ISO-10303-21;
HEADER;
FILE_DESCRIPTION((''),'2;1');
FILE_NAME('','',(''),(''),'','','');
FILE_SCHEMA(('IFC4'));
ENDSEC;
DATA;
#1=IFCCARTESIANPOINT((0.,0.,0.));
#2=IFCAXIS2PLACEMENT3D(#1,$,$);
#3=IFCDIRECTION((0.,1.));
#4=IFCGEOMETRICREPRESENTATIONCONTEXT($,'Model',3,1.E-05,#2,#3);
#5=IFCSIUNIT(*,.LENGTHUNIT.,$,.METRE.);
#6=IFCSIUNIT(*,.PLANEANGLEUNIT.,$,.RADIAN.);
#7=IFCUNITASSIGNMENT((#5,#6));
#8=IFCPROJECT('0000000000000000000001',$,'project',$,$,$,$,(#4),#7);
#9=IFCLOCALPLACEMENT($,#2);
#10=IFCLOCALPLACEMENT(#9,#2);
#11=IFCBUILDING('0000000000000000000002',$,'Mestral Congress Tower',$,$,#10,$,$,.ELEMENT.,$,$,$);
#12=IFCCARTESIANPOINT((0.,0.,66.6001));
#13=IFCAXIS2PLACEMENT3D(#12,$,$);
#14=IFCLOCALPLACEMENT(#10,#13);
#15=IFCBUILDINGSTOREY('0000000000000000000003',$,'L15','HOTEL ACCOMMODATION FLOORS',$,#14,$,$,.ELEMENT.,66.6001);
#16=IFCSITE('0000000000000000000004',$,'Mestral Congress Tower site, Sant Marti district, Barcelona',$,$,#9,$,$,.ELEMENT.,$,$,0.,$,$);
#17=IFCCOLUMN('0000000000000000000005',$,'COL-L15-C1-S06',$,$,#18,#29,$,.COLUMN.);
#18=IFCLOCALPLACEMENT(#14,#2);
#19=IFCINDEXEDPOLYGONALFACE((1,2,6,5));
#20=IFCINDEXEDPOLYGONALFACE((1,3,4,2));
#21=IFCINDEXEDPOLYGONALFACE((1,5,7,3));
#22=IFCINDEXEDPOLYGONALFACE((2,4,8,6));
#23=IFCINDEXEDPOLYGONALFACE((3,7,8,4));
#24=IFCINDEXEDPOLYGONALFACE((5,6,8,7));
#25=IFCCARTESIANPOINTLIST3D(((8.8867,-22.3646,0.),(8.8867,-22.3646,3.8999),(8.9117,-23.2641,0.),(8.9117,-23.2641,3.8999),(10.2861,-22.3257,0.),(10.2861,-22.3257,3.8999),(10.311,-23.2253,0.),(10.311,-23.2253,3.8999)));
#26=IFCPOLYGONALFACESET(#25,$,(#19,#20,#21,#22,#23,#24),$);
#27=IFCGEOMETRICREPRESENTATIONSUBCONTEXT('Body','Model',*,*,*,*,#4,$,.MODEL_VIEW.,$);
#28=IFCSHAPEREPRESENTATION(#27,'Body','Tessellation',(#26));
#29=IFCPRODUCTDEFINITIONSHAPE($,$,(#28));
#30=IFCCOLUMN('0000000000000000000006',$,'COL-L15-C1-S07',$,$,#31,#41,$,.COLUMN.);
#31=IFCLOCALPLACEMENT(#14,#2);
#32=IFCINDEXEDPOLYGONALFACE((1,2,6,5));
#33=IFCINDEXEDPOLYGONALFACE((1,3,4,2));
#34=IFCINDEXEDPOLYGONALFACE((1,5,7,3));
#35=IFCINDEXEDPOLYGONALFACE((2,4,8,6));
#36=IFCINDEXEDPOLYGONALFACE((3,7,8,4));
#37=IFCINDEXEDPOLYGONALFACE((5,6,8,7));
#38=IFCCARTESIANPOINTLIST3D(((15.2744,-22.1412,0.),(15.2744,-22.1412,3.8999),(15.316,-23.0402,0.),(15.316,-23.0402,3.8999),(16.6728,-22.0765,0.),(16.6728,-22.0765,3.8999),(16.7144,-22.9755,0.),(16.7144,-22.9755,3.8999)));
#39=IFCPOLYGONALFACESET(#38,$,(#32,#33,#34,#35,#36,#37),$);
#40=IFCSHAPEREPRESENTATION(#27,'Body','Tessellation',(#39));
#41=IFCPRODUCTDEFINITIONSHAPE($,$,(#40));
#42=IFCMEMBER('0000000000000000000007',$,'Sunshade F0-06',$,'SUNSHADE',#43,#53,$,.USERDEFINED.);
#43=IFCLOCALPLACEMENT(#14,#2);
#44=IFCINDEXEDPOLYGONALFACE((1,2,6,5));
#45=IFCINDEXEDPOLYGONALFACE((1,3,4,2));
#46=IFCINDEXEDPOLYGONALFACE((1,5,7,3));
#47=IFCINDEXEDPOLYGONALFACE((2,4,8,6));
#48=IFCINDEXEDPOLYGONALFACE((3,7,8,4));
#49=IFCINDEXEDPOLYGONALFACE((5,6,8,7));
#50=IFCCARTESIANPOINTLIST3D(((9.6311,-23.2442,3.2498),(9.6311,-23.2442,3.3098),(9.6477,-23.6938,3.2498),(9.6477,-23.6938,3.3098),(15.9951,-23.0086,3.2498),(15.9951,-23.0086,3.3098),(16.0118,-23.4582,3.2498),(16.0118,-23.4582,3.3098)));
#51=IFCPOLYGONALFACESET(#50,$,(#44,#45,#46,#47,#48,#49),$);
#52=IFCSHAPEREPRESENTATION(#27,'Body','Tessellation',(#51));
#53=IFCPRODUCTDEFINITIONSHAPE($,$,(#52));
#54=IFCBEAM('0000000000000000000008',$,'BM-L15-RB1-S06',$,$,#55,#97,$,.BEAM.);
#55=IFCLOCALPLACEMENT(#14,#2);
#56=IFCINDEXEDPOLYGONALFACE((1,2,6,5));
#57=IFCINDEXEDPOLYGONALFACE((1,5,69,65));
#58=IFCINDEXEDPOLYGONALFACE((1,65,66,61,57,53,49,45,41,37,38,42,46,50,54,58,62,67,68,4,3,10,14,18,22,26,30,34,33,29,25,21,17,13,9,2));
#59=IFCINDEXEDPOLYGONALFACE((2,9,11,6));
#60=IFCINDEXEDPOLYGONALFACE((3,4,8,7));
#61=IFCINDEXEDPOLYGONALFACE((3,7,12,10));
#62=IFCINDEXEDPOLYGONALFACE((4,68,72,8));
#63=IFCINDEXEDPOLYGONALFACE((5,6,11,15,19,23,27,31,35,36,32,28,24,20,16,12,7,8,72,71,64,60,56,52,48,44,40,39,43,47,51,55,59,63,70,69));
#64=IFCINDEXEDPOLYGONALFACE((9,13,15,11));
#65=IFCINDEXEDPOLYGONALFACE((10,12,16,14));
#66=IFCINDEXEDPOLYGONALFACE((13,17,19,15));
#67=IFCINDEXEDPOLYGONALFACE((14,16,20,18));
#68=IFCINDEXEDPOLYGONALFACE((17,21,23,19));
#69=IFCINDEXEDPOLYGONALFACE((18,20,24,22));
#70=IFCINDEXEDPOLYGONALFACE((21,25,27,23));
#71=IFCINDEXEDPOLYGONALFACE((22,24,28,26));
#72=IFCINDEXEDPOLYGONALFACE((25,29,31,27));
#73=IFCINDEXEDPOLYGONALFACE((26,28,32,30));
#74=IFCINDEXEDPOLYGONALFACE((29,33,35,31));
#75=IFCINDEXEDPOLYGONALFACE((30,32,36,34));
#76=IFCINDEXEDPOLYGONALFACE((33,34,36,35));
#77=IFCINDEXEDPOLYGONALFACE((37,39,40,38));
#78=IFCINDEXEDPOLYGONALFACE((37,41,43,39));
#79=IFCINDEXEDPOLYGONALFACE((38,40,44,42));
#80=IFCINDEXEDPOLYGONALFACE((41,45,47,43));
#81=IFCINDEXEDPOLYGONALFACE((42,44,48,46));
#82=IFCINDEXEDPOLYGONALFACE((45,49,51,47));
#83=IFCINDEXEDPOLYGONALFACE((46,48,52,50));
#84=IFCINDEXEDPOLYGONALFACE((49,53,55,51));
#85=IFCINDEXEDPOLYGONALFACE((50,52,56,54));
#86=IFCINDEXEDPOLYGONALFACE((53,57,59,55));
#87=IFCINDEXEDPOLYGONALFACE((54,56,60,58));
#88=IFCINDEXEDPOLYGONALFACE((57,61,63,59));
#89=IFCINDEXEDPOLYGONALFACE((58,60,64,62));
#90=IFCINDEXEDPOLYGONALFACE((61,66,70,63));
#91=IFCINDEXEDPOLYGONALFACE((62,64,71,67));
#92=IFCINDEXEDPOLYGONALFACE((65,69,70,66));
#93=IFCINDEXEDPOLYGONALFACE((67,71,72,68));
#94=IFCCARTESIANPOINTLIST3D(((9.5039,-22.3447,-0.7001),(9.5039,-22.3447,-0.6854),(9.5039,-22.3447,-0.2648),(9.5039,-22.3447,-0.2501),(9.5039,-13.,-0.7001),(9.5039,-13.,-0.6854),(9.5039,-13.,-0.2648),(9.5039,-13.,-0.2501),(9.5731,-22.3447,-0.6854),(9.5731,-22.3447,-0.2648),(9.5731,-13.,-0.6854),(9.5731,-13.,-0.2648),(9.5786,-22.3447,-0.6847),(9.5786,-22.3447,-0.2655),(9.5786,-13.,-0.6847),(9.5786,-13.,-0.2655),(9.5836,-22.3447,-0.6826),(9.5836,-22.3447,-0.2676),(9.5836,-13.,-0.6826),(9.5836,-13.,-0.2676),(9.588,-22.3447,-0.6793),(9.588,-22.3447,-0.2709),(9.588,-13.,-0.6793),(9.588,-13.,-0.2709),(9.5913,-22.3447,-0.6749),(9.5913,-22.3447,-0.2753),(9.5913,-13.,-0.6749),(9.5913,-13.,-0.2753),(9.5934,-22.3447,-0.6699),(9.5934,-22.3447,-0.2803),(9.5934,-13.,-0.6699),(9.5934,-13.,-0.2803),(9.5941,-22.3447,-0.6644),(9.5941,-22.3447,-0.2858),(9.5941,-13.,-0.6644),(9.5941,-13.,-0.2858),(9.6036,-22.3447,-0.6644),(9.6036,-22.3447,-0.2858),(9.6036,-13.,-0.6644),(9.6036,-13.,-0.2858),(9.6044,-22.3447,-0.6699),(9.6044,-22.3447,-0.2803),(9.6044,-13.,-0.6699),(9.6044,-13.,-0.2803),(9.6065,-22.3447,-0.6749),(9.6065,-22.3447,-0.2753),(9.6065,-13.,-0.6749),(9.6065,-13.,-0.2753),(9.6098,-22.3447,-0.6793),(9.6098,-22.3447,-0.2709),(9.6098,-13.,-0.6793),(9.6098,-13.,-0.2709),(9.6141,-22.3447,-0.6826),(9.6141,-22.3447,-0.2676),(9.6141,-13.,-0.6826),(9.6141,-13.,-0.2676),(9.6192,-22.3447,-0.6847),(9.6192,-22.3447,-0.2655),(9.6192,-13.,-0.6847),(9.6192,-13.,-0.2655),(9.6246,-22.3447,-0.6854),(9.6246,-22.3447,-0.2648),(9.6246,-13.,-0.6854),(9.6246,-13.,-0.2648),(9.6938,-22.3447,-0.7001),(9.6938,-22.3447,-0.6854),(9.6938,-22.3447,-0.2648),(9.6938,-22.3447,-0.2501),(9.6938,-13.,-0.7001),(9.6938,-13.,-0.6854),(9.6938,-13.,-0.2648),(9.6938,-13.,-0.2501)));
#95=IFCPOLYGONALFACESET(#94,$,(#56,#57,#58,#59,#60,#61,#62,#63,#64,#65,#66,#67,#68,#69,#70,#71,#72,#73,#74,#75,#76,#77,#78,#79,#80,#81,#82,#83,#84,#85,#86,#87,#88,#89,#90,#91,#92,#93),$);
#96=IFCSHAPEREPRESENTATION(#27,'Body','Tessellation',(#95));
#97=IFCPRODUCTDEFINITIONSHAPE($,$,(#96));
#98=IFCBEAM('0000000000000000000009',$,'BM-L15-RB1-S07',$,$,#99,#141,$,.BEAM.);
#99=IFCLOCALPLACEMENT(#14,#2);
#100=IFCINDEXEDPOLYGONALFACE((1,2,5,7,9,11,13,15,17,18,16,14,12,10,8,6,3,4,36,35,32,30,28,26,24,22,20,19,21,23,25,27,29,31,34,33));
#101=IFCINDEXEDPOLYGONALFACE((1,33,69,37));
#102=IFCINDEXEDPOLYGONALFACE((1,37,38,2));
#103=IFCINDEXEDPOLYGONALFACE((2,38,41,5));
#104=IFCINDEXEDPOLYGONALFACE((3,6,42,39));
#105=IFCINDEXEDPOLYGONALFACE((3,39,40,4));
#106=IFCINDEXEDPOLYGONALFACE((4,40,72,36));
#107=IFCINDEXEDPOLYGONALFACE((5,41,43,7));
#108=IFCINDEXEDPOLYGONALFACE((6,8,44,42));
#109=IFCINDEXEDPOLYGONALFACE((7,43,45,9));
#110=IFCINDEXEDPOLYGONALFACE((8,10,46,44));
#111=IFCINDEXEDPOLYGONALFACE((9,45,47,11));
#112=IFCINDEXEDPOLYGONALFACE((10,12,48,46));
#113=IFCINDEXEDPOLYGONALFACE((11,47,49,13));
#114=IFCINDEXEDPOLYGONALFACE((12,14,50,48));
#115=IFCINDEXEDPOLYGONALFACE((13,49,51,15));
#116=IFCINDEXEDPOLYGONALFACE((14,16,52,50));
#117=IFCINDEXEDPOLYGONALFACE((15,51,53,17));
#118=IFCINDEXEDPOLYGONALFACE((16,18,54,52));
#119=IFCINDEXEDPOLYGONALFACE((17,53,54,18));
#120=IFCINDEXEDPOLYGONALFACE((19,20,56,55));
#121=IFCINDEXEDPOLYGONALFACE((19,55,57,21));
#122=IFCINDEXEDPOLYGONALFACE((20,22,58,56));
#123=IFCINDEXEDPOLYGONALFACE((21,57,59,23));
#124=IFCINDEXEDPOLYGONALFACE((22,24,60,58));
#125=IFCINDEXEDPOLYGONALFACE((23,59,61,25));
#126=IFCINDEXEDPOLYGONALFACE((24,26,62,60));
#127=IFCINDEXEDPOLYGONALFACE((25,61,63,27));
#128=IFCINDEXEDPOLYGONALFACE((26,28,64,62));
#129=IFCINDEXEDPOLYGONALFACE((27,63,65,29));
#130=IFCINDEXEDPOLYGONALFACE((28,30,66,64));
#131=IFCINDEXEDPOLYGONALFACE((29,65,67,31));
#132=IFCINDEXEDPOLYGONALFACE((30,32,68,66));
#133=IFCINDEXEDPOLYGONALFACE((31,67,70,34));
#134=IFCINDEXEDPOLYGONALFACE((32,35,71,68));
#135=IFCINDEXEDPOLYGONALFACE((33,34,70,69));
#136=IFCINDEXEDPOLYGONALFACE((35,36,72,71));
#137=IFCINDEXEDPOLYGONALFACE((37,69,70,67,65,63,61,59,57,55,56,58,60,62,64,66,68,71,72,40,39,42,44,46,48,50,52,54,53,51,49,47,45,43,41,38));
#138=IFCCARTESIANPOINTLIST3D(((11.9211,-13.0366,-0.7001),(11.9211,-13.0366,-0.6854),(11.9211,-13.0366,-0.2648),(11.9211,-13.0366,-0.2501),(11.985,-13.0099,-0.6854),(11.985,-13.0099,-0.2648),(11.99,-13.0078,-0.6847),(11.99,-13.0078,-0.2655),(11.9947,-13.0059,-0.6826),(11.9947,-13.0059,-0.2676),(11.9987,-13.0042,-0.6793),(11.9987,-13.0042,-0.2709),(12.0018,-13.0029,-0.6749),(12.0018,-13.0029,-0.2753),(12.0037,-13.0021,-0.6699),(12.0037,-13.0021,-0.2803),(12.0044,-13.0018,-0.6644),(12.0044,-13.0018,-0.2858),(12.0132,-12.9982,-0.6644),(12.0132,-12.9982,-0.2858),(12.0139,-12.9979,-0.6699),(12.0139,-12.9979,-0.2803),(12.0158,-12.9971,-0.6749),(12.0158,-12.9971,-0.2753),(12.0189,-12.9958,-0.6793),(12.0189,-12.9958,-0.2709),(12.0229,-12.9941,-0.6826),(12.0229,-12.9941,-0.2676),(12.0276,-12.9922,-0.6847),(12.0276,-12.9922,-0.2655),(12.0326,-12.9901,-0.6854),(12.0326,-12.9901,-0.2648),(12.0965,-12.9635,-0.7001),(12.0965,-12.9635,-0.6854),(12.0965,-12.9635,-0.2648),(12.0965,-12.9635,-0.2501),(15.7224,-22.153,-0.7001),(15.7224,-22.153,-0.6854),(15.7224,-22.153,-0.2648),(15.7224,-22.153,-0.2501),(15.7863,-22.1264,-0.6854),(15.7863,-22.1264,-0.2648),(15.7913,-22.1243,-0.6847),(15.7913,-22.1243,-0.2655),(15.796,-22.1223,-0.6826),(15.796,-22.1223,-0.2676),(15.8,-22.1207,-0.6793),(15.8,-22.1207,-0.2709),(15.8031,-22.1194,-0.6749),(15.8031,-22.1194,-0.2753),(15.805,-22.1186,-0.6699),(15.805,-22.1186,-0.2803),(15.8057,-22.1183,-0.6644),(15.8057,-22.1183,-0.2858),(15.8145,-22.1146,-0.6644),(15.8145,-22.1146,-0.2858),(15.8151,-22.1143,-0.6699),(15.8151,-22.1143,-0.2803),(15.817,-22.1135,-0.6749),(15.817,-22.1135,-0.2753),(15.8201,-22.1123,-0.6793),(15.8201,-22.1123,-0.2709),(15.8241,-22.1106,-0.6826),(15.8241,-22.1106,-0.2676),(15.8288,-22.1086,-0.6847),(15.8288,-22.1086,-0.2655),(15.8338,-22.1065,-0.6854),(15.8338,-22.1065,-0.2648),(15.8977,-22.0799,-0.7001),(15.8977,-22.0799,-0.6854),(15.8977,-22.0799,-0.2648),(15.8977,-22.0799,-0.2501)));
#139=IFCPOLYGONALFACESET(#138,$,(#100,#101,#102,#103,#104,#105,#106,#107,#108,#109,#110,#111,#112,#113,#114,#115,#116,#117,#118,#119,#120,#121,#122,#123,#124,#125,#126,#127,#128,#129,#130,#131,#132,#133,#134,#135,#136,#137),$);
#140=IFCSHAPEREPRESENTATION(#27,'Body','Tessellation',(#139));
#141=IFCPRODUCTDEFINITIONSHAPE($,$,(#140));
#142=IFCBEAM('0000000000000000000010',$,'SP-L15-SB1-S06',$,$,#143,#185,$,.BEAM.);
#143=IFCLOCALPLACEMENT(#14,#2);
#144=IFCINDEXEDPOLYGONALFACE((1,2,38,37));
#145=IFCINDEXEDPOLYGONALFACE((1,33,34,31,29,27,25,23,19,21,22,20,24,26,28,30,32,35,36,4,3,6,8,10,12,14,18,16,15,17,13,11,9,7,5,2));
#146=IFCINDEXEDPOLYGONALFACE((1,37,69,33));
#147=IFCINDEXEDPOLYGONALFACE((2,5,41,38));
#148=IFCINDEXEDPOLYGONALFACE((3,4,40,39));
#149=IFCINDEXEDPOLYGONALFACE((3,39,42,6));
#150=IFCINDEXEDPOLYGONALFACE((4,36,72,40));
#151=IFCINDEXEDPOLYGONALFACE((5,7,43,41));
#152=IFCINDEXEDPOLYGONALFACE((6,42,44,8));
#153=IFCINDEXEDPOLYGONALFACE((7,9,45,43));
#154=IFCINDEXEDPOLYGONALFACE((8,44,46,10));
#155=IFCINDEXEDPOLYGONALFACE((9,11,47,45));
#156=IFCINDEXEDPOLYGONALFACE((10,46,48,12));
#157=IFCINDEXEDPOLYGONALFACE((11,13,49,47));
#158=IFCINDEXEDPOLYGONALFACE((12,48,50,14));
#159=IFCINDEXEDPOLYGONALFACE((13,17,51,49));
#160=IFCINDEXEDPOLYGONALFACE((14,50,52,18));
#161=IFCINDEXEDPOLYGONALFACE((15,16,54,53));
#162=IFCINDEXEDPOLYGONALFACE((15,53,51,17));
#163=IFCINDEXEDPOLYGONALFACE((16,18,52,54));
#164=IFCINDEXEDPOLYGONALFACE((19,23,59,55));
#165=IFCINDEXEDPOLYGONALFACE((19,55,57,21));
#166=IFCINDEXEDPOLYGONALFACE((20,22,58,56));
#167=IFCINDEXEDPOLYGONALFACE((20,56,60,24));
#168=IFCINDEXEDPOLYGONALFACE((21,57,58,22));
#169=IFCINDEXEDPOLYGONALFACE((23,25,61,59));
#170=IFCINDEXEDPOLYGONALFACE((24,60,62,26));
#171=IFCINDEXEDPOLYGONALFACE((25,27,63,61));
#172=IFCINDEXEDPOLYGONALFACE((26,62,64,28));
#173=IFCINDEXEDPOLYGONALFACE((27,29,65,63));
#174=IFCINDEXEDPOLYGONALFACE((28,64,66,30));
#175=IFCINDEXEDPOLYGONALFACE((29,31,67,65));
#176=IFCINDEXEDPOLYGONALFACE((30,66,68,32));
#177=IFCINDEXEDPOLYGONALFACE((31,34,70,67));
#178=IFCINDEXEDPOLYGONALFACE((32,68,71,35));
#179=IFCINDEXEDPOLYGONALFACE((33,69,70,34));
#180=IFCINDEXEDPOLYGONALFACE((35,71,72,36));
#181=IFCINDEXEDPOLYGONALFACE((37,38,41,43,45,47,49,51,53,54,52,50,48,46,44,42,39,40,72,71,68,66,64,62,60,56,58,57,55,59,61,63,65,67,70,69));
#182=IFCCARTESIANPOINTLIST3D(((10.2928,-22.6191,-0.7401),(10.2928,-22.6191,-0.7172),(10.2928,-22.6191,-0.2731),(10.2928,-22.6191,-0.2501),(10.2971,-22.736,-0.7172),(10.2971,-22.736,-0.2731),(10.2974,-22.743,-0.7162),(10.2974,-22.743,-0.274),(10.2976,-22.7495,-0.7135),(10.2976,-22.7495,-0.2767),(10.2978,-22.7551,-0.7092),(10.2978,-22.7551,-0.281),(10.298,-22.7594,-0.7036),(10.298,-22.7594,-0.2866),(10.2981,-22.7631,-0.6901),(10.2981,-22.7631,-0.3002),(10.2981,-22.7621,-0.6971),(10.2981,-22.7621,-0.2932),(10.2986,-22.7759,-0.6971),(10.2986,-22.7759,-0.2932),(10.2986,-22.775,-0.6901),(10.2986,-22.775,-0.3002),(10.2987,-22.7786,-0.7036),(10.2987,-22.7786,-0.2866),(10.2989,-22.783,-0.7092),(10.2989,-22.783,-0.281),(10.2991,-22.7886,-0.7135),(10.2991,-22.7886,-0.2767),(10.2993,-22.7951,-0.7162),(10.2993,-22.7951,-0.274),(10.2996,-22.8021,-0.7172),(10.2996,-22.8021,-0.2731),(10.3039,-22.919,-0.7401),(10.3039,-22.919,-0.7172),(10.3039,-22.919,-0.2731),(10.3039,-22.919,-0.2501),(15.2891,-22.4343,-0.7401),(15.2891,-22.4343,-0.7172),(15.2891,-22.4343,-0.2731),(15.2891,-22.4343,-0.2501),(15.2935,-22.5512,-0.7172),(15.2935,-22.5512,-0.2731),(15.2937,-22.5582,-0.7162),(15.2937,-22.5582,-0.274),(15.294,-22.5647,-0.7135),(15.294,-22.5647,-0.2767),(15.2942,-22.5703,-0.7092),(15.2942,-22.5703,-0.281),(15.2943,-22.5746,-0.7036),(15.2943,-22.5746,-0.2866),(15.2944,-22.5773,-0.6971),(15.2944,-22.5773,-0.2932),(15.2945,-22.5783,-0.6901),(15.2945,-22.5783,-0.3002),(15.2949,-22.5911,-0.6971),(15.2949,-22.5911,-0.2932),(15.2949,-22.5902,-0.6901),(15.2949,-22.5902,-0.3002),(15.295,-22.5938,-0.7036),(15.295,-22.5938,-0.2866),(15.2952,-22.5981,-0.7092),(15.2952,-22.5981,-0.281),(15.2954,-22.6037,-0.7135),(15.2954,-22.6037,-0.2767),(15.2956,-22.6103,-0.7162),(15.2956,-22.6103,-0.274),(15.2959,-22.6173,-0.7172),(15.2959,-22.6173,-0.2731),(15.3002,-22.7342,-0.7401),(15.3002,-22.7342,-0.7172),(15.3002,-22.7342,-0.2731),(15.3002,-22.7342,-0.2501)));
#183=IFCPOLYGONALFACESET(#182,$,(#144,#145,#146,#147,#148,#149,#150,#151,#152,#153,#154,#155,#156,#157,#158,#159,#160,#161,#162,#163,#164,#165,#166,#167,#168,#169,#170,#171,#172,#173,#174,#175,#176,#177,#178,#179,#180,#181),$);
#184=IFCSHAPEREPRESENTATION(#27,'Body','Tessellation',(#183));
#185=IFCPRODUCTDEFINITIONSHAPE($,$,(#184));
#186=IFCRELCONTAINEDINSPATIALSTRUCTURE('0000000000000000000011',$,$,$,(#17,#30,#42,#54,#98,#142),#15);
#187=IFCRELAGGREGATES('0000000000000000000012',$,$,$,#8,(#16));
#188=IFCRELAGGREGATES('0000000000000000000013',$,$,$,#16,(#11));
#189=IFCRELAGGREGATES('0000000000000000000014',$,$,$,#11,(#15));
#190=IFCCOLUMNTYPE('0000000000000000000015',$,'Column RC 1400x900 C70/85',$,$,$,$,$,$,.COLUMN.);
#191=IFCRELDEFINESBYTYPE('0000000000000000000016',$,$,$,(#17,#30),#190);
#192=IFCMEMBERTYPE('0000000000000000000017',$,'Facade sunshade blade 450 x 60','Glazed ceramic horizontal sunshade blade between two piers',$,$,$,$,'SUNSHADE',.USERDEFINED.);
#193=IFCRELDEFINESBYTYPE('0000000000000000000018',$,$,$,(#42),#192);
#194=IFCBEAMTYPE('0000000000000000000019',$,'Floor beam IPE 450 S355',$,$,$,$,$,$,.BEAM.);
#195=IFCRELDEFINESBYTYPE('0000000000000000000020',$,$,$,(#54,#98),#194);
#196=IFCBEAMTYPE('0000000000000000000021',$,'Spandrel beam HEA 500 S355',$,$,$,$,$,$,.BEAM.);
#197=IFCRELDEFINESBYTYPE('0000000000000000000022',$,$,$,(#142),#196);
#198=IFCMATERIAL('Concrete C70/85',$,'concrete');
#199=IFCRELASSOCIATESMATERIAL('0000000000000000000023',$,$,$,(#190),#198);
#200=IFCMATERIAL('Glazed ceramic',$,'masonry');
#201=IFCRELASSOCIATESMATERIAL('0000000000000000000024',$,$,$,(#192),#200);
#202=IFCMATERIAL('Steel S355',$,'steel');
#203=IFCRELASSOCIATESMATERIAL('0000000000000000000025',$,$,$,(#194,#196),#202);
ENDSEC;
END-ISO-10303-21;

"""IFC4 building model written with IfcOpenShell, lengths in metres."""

from ifc_helpers import new_model, si_unit, direction, frame, origin, origin_2d, place, context, subcontext, project, spatial, rectangle, i_section, extrude, material, material_profile, profile_set, type_object, element, save


model = new_model("IFC4")

# Units and contexts
model_context = context("Model", 3, precision=1e-05, world=origin(), true_north=direction((0.0, 1.0)))
body_context = subcontext(model_context, "Body", "Model", "MODEL_VIEW")
ifc_project = project(units=[si_unit("LENGTHUNIT", "METRE"), si_unit("PLANEANGLEUNIT", "RADIAN")], contexts=[model_context])

# Site, building, storey
site_placement = place(None, origin())
site = spatial("IfcSite", under=ifc_project, at=site_placement, Name="Mestral Congress Tower site, Sant Marti district, Barcelona", CompositionType="ELEMENT", RefElevation=0.0)
building_placement = place(site_placement, origin())
building = spatial("IfcBuilding", under=site, at=building_placement, Name="Mestral Congress Tower", CompositionType="ELEMENT")
storey_placement = place(building_placement, frame((0.0, 0.0, 66.6001)))
storey = spatial("IfcBuildingStorey", under=building, at=storey_placement, Name="L15", Description="HOTEL ACCOMMODATION FLOORS", CompositionType="ELEMENT", Elevation=66.6001)

# Columns
ifc_material_1 = material(Name="Concrete C70/85", Category="concrete")
ifc_material_profile_1 = material_profile(ifc_material_1, rectangle(XDim=1.3999, YDim=0.8999, at=origin_2d()), Name="RC 1400x900")
ifc_profile_set_1 = profile_set([ifc_material_profile_1], Name="Concrete C70/85")
column_type = type_object("IfcColumnType", Name="Column RC 1400x900 C70/85", PredefinedType="COLUMN", material=ifc_profile_set_1)
for number, where, z_axis, x_axis, name in (
    (1, (9.5989, -22.7949, 0.0), (0.0, 0.0, 1.0), (0.999616, 0.027726, 0.0), "COL-L15-C1-S06"),
    (2, (15.9944, -22.5583, 0.0), (0.0, 0.0, 1.0), (0.998932, 0.0462, 0.0), "COL-L15-C1-S07"),
):
    element("IfcColumn", number, at=place(storey_placement, frame(where, z_axis=z_axis, x_axis=x_axis)), inside=storey, type_object=column_type, Name=name, PredefinedType="COLUMN", context=body_context, shape_type="SweptSolid", body=[
        extrude(rectangle(XDim=1.3999, YDim=0.8999, at=origin_2d()), origin(), (0.0, 0.0, 1.0), 3.8999),
    ])

# Member
ifc_material_2 = material(Name="Glazed ceramic", Category="masonry")
ifc_material_profile_2 = material_profile(ifc_material_2, rectangle(XDim=0.45, YDim=0.0601, at=origin_2d()), Name="Ceramic blade 450 x 60")
ifc_profile_set_2 = profile_set([ifc_material_profile_2], Name="Glazed ceramic")
member_type = type_object("IfcMemberType", Name="Facade sunshade blade 450 x 60", Description="Glazed ceramic horizontal sunshade blade between two piers", ElementType="SUNSHADE", PredefinedType="USERDEFINED", material=ifc_profile_set_2)
member_placement = place(storey_placement, frame((9.6394, -23.469, 3.2798), z_axis=(0.999315, 0.036995, 0.0), x_axis=(-0.036995, 0.999315, 0.0)))
element("IfcMember", 3, at=member_placement, inside=storey, type_object=member_type, Name="Sunshade F0-06", ObjectType="SUNSHADE", PredefinedType="USERDEFINED", context=body_context, shape_type="SweptSolid", body=[
    extrude(rectangle(XDim=0.45, YDim=0.0601, at=origin_2d()), origin(), (0.0, 0.0, 1.0), 6.3684),
])

# Beams
ifc_material_3 = material(Name="Steel S355", Category="steel")
ifc_material_profile_3 = material_profile(ifc_material_3, i_section(OverallWidth=0.1899, OverallDepth=0.45, WebThickness=0.0095, FlangeThickness=0.0146, FilletRadius=0.021, at=origin_2d()), Name="IPE 450")
ifc_profile_set_3 = profile_set([ifc_material_profile_3], Name="Steel S355")
beam_type_1 = type_object("IfcBeamType", Name="Floor beam IPE 450 S355", PredefinedType="BEAM", material=ifc_profile_set_3)
beam_1_placement = place(storey_placement, frame((9.5989, -22.3447, -0.4751), z_axis=(0.0, 1.0, 0.0), x_axis=(-1.0, 0.0, 0.0)))
element("IfcBeam", 4, at=beam_1_placement, inside=storey, type_object=beam_type_1, Name="BM-L15-RB1-S06", PredefinedType="BEAM", context=body_context, shape_type="SweptSolid", body=[
    extrude(i_section(OverallWidth=0.1899, OverallDepth=0.45, WebThickness=0.0095, FlangeThickness=0.0146, FilletRadius=0.021, at=origin_2d()), origin(), (0.0, 0.0, 1.0), 9.3447),
])
beam_2_placement = place(storey_placement, frame((15.8101, -22.1165, -0.4751), z_axis=(-0.384852, 0.922978, 0.0), x_axis=(-0.922978, -0.384852, 0.0)))
element("IfcBeam", 5, at=beam_2_placement, inside=storey, type_object=beam_type_1, Name="BM-L15-RB1-S07", PredefinedType="BEAM", context=body_context, shape_type="SweptSolid", body=[
    extrude(i_section(OverallWidth=0.1899, OverallDepth=0.45, WebThickness=0.0095, FlangeThickness=0.0146, FilletRadius=0.021, at=origin_2d()), origin(), (0.0, 0.0, 1.0), 9.8772),
])
ifc_material_profile_4 = material_profile(ifc_material_3, i_section(OverallWidth=0.3, OverallDepth=0.49, WebThickness=0.012, FlangeThickness=0.0229, FilletRadius=0.0271, at=origin_2d()), Name="HEA 500")
ifc_profile_set_4 = profile_set([ifc_material_profile_4], Name="Steel S355")
beam_type_2 = type_object("IfcBeamType", Name="Spandrel beam HEA 500 S355", PredefinedType="BEAM", material=ifc_profile_set_4)
beam_3_placement = place(storey_placement, frame((10.2983, -22.769, -0.4951), z_axis=(0.999317, 0.036965, 0.0), x_axis=(-0.036965, 0.999317, 0.0)))
element("IfcBeam", 6, at=beam_3_placement, inside=storey, type_object=beam_type_2, Name="SP-L15-SB1-S06", PredefinedType="BEAM", context=body_context, shape_type="SweptSolid", body=[
    extrude(i_section(OverallWidth=0.3, OverallDepth=0.49, WebThickness=0.012, FlangeThickness=0.0229, FilletRadius=0.0271, at=origin_2d()), origin(), (0.0, 0.0, 1.0), 4.9998),
])

save(model, "model.ifc")
